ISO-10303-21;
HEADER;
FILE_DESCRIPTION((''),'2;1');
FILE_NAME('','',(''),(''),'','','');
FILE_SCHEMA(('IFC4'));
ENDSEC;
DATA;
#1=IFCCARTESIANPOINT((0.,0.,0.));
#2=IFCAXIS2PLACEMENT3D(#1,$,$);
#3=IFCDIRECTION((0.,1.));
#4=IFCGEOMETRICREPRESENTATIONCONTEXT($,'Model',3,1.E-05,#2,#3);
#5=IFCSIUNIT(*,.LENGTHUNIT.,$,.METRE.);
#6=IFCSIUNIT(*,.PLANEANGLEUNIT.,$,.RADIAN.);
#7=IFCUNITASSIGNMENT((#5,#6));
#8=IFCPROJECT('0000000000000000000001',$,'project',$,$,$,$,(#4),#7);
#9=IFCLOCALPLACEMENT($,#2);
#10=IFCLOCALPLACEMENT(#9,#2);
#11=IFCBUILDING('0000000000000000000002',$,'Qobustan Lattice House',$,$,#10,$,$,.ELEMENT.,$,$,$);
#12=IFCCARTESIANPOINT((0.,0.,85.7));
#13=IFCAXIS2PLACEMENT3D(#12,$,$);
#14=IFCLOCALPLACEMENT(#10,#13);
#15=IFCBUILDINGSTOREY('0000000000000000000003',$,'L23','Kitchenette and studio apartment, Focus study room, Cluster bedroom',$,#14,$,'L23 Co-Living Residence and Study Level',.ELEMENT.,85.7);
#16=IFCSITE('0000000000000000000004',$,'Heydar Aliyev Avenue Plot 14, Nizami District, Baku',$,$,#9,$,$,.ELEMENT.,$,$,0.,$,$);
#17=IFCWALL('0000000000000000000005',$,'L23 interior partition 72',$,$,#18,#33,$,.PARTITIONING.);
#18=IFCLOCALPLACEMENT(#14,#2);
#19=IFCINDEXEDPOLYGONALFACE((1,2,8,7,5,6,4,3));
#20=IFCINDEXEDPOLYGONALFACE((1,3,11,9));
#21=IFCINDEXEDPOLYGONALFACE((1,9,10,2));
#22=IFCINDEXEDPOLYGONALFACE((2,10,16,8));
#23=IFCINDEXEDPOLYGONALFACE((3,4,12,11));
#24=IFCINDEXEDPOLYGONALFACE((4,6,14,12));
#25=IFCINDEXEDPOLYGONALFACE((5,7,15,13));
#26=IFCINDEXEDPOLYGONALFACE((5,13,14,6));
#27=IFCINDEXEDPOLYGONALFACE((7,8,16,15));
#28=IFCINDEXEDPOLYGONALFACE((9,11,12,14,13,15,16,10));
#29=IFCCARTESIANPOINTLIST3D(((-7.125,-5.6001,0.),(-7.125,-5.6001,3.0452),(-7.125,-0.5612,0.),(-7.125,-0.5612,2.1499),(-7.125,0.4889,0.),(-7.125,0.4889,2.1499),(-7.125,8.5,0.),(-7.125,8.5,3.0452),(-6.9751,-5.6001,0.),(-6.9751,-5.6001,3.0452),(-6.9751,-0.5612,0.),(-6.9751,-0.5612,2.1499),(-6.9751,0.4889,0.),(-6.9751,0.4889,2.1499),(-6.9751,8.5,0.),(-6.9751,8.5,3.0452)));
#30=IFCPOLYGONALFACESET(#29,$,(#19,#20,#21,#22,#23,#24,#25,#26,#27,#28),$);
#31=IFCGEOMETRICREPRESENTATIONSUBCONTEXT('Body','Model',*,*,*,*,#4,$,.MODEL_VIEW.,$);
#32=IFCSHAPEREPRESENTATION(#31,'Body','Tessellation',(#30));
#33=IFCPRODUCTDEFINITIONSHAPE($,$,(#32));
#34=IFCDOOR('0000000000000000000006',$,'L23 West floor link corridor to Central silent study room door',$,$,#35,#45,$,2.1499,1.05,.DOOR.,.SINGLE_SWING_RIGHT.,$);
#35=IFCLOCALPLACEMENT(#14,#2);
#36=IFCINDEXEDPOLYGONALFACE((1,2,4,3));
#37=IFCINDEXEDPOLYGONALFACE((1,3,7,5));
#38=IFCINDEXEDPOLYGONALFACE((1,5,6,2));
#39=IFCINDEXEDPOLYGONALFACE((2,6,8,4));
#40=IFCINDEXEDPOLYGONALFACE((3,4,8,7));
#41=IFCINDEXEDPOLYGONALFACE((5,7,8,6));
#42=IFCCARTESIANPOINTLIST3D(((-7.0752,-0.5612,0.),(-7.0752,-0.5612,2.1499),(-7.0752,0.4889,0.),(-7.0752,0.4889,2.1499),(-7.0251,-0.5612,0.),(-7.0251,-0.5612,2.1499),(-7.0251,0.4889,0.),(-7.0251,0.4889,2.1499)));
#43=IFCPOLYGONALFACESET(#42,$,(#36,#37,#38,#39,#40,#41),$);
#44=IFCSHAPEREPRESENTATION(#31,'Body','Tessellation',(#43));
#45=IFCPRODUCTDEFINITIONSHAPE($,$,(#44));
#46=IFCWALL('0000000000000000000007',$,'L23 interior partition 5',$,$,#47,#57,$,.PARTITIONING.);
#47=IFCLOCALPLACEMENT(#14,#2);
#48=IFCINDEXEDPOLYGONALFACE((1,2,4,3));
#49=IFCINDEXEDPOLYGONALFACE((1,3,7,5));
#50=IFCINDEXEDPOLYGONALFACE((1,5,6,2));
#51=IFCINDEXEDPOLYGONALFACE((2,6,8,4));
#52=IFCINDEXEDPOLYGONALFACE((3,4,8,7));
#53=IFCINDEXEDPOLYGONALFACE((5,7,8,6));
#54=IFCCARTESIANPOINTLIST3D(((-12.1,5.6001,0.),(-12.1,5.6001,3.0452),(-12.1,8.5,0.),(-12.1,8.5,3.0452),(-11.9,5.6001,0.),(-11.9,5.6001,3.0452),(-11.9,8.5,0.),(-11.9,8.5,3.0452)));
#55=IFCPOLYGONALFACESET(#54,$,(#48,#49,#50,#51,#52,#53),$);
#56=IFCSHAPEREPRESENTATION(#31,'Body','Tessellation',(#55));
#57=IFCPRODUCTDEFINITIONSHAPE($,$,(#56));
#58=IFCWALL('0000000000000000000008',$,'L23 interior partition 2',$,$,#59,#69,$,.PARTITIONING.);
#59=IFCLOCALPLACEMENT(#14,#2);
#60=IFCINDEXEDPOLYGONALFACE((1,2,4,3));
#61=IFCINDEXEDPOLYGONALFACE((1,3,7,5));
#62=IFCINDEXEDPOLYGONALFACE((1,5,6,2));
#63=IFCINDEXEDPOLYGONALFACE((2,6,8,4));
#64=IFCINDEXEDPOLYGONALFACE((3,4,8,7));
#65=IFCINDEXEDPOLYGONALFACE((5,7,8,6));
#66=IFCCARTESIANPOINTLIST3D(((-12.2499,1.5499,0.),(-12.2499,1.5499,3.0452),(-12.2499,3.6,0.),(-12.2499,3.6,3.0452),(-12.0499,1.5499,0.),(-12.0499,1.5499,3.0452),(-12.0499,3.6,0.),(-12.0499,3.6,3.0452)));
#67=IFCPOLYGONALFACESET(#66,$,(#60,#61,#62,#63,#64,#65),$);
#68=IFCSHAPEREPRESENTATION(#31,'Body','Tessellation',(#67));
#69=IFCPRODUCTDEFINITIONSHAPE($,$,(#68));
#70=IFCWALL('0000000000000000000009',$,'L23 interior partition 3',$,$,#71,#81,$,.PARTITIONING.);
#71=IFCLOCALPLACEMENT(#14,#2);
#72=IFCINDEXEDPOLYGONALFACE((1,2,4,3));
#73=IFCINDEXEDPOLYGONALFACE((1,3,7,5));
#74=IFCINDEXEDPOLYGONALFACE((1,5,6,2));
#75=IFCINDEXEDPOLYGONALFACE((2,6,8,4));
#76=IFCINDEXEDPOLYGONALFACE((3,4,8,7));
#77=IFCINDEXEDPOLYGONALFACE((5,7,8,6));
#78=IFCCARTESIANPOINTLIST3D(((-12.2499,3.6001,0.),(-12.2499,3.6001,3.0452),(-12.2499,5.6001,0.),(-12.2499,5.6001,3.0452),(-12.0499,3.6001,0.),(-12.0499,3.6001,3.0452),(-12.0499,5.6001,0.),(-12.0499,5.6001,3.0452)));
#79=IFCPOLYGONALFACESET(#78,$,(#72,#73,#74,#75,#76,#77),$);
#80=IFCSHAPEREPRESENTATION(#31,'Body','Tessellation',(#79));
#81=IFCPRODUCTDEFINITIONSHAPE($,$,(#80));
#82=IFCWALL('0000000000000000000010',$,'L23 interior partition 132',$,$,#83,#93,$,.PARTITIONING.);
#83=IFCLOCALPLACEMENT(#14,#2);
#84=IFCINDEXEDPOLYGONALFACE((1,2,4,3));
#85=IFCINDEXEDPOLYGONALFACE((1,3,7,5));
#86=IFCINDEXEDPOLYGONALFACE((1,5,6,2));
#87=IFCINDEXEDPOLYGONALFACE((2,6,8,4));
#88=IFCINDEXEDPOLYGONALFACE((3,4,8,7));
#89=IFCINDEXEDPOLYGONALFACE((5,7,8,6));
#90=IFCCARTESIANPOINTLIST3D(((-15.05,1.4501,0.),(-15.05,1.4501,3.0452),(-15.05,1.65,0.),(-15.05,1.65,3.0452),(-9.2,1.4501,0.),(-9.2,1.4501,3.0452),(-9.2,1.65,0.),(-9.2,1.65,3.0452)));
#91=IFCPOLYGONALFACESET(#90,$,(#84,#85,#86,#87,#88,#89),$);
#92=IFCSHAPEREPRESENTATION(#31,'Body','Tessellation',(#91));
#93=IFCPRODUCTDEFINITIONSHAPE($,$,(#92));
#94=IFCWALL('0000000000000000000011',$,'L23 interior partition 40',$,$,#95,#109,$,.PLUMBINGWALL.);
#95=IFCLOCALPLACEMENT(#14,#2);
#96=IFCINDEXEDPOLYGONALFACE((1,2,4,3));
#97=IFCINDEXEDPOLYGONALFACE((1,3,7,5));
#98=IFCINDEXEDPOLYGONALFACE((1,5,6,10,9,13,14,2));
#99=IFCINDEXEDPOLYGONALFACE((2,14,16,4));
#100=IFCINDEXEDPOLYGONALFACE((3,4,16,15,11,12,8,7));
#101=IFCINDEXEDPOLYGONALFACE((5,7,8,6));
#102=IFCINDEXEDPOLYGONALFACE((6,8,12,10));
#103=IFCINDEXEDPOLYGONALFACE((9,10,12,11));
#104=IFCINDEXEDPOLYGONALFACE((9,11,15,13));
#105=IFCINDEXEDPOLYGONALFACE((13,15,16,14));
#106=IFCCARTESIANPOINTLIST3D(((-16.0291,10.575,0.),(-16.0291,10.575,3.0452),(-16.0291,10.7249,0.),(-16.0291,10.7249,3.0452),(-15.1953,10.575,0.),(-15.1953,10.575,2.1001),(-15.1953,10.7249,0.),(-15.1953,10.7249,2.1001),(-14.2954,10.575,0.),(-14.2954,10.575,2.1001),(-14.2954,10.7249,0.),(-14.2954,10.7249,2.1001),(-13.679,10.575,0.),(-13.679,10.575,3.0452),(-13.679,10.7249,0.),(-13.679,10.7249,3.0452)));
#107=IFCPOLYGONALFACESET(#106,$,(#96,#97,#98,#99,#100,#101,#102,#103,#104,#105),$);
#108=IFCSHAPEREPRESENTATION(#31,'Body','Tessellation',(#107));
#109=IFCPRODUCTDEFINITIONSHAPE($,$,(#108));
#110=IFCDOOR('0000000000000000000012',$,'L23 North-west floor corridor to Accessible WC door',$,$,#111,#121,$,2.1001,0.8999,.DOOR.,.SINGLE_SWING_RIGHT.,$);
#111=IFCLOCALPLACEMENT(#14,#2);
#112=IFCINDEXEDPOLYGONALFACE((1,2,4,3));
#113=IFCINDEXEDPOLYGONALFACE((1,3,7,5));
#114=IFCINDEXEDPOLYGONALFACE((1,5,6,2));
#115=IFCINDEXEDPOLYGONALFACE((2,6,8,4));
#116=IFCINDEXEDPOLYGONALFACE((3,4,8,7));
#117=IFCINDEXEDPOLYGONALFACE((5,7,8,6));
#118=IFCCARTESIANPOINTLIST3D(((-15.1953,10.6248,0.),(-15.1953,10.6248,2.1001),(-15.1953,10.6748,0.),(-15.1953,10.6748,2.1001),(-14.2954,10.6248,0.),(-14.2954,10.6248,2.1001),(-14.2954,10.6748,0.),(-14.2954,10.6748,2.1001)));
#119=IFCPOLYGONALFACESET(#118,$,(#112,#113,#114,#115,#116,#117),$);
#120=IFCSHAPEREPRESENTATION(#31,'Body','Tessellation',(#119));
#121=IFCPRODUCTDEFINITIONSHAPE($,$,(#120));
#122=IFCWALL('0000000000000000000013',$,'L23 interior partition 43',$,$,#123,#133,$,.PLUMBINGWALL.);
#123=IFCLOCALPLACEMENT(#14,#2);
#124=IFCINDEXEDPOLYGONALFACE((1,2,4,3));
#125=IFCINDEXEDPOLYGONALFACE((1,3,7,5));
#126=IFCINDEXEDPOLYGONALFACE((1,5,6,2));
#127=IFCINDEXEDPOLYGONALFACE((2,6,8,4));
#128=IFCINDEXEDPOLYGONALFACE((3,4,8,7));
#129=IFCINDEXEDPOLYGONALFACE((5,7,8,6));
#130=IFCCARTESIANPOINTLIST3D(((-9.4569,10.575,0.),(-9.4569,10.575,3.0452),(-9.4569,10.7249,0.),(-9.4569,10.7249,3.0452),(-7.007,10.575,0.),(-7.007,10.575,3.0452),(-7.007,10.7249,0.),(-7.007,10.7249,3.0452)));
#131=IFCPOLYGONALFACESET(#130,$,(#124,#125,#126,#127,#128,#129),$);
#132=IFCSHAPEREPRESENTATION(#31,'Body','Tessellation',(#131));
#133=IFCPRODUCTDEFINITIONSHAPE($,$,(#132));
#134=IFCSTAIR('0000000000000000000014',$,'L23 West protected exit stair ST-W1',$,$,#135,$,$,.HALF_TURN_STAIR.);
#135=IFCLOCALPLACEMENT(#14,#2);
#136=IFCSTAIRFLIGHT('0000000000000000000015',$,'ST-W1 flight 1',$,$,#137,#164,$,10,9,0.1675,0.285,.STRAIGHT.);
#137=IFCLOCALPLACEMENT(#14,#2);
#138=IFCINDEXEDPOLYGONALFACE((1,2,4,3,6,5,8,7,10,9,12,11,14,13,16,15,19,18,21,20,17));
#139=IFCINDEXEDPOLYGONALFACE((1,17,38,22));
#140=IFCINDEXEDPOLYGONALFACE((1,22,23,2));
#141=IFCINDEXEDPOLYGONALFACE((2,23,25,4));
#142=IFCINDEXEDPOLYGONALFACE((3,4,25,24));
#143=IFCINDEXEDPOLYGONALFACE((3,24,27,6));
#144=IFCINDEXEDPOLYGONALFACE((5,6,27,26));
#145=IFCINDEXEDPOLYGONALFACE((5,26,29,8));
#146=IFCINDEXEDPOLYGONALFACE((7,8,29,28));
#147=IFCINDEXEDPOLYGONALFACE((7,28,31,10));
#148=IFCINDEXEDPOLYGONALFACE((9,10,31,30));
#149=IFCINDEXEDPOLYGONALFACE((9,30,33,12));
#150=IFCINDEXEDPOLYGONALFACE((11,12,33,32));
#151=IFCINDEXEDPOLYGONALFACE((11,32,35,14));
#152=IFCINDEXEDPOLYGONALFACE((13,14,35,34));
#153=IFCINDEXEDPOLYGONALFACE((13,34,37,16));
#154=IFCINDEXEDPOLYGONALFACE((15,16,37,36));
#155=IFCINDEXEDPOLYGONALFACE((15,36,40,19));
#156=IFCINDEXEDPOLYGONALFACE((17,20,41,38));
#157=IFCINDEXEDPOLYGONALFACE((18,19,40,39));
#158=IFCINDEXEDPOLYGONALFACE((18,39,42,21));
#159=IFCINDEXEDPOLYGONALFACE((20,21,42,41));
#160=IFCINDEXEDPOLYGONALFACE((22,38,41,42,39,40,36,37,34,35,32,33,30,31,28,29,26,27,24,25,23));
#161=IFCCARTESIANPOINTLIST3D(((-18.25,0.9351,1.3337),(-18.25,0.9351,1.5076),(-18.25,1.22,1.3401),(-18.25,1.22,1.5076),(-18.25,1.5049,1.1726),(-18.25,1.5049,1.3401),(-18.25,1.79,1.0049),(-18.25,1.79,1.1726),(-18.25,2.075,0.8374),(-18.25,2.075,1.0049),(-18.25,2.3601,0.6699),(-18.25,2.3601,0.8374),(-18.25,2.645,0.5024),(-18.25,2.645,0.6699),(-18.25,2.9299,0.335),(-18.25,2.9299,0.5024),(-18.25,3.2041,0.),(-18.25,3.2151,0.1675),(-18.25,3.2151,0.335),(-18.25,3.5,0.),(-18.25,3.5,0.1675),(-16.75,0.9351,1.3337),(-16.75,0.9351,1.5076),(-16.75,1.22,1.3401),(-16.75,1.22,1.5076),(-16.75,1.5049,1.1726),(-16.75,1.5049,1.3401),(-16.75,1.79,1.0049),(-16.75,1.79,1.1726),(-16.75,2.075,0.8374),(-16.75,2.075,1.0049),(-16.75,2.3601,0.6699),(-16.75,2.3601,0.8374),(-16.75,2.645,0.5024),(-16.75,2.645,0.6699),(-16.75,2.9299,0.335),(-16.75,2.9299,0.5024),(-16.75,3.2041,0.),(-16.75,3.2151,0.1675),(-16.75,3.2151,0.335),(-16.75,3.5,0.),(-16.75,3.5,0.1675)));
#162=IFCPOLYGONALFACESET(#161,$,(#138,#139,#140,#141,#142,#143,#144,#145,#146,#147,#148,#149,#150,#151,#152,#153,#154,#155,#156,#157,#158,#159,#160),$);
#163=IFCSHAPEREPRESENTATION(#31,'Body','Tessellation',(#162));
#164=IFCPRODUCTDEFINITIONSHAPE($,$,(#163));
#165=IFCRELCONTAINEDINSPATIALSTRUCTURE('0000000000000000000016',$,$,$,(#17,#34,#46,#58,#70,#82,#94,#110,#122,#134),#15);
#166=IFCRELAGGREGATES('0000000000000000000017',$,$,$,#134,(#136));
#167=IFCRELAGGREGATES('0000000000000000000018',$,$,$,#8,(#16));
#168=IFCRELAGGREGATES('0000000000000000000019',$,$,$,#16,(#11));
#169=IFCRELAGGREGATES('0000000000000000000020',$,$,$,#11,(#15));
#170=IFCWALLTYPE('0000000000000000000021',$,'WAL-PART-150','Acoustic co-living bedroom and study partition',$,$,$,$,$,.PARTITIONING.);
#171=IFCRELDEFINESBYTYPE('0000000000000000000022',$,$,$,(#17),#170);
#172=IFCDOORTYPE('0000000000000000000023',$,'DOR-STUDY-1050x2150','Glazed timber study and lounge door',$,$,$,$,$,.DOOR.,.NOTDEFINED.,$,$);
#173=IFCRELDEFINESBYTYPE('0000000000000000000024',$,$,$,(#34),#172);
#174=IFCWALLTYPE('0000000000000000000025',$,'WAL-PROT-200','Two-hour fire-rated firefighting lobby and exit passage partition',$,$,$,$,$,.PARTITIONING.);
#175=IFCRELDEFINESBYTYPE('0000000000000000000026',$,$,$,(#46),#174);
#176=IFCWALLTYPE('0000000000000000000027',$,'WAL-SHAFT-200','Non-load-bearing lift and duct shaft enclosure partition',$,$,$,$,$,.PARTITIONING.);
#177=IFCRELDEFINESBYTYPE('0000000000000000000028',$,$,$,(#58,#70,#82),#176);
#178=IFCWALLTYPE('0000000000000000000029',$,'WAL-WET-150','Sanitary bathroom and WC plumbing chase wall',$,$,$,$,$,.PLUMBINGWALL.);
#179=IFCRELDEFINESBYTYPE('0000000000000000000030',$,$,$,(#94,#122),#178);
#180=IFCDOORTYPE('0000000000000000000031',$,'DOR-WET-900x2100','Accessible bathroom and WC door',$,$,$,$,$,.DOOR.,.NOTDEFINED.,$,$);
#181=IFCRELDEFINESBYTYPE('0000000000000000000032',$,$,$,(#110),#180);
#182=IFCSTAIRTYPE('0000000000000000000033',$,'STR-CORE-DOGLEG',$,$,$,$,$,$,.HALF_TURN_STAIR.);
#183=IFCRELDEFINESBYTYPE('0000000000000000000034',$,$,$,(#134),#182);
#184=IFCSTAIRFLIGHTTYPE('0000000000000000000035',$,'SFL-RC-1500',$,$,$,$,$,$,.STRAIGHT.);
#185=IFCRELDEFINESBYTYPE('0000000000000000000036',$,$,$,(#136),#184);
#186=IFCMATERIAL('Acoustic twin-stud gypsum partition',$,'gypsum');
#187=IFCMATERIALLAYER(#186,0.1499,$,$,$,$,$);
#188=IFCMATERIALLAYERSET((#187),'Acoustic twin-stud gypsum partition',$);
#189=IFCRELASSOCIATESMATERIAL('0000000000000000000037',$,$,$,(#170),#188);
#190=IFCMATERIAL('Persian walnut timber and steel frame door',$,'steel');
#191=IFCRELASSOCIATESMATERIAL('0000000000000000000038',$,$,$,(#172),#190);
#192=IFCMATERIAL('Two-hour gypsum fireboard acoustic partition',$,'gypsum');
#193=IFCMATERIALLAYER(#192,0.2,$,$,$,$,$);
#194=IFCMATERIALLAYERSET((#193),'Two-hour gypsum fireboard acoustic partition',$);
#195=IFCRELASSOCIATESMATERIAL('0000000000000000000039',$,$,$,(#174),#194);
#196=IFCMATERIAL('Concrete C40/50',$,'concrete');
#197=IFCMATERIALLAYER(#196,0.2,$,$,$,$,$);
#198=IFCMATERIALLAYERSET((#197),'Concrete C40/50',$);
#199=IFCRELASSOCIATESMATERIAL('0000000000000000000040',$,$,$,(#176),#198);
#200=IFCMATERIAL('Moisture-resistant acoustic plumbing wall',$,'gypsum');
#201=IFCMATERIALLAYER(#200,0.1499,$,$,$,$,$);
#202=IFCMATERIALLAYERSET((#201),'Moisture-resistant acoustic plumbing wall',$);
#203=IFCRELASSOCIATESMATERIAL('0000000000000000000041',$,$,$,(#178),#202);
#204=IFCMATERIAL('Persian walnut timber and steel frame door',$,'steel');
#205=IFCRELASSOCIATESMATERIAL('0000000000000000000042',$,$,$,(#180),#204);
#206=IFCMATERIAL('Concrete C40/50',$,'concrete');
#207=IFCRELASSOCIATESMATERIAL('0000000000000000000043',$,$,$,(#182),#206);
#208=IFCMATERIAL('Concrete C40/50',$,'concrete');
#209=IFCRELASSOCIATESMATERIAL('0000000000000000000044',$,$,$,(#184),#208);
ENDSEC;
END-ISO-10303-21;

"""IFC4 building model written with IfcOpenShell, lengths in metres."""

from ifc_helpers import new_model, si_unit, direction, frame, frame_2d, origin, place, context, subcontext, project, spatial, polyline, rectangle, outline, extrude, material, layer, layer_set, type_object, element, fill, aggregate, save


model = new_model("IFC4")

# Units and contexts
model_context = context("Model", 3, precision=1e-05, world=origin(), true_north=direction((0.0, 1.0)))
body_context = subcontext(model_context, "Body", "Model", "MODEL_VIEW")
ifc_project = project(units=[si_unit("LENGTHUNIT", "METRE"), si_unit("PLANEANGLEUNIT", "RADIAN")], contexts=[model_context])

# Site, building, storey
site_placement = place(None, origin())
site = spatial("IfcSite", under=ifc_project, at=site_placement, Name="Heydar Aliyev Avenue Plot 14, Nizami District, Baku", CompositionType="ELEMENT", RefElevation=0.0)
building_placement = place(site_placement, origin())
building = spatial("IfcBuilding", under=site, at=building_placement, Name="Qobustan Lattice House", CompositionType="ELEMENT")
storey_placement = place(building_placement, frame((0.0, 0.0, 85.7)))
storey = spatial("IfcBuildingStorey", under=building, at=storey_placement, Name="L23", Description="Kitchenette and studio apartment, Focus study room, Cluster bedroom", LongName="L23 Co-Living Residence and Study Level", CompositionType="ELEMENT", Elevation=85.7)

# Wall, opening, door
ifc_material_1 = material(Name="Acoustic twin-stud gypsum partition", Category="gypsum")
ifc_layer_1 = layer(ifc_material_1, 0.1499)
ifc_layer_set_1 = layer_set([ifc_layer_1], Name="Acoustic twin-stud gypsum partition")
wall_type_1 = type_object("IfcWallType", Name="WAL-PART-150", Description="Acoustic co-living bedroom and study partition", PredefinedType="PARTITIONING", material=ifc_layer_set_1)
wall_1_placement = place(storey_placement, frame((-7.05, 8.5, 0.0), z_axis=(0.0, 0.0, 1.0), x_axis=(0.0, -1.0, 0.0)))
wall_1 = element("IfcWall", 1, at=wall_1_placement, inside=storey, type_object=wall_type_1, Name="L23 interior partition 72", PredefinedType="PARTITIONING", context=body_context, shape_type="SweptSolid", body=[
    extrude(rectangle(XDim=14.1001, YDim=0.1499, at=frame_2d((7.05, 0.0))), origin(), (0.0, 0.0, 1.0), 3.0452),
])
opening_1_placement = place(wall_1_placement, frame((8.0112, 0.0, 0.0)))
opening_1 = element("IfcOpeningElement", 2, at=opening_1_placement, cuts=wall_1, PredefinedType="OPENING", context=body_context, shape_type="SweptSolid", body=[
    extrude(rectangle(XDim=1.05, YDim=2.1499, at=frame_2d((0.5249, 1.075))), frame((0.0, 0.085, 0.0), z_axis=(0.0, -1.0, 0.0), x_axis=(1.0, 0.0, 0.0)), (0.0, 0.0, 1.0), 0.1699),
])
ifc_material_2 = material(Name="Persian walnut timber and steel frame door", Category="steel")
door_type_1 = type_object("IfcDoorType", Name="DOR-STUDY-1050x2150", Description="Glazed timber study and lounge door", OperationType="NOTDEFINED", PredefinedType="DOOR", material=ifc_material_2)
door_1_placement = place(opening_1_placement, origin())
door_1 = element("IfcDoor", 3, at=door_1_placement, inside=storey, type_object=door_type_1, Name="L23 West floor link corridor to Central silent study room door", OperationType="SINGLE_SWING_RIGHT", OverallHeight=2.1499, OverallWidth=1.05, PredefinedType="DOOR", context=body_context, shape_type="SweptSolid", body=[
    extrude(rectangle(XDim=1.05, YDim=2.1499, at=frame_2d((0.5249, 1.075))), frame((0.0, 0.0249, 0.0), z_axis=(0.0, -1.0, 0.0), x_axis=(1.0, 0.0, 0.0)), (0.0, 0.0, 1.0), 0.05),
])
fill(opening_1, door_1)
ifc_material_3 = material(Name="Two-hour gypsum fireboard acoustic partition", Category="gypsum")
ifc_layer_2 = layer(ifc_material_3, 0.2)
ifc_layer_set_2 = layer_set([ifc_layer_2], Name="Two-hour gypsum fireboard acoustic partition")
wall_type_2 = type_object("IfcWallType", Name="WAL-PROT-200", Description="Two-hour fire-rated firefighting lobby and exit passage partition", PredefinedType="PARTITIONING", material=ifc_layer_set_2)

# Walls
wall_2_placement = place(storey_placement, frame((-12.0, 5.6001, 0.0), z_axis=(0.0, 0.0, 1.0), x_axis=(0.0, 1.0, 0.0)))
element("IfcWall", 4, at=wall_2_placement, inside=storey, type_object=wall_type_2, Name="L23 interior partition 5", PredefinedType="PARTITIONING", context=body_context, shape_type="SweptSolid", body=[
    extrude(rectangle(XDim=2.8999, YDim=0.2, at=frame_2d((1.45, 0.0))), origin(), (0.0, 0.0, 1.0), 3.0452),
])
ifc_material_4 = material(Name="Concrete C40/50", Category="concrete")
ifc_layer_3 = layer(ifc_material_4, 0.2)
ifc_layer_set_3 = layer_set([ifc_layer_3], Name="Concrete C40/50")
wall_type_3 = type_object("IfcWallType", Name="WAL-SHAFT-200", Description="Non-load-bearing lift and duct shaft enclosure partition", PredefinedType="PARTITIONING", material=ifc_layer_set_3)
wall_3_placement = place(storey_placement, frame((-12.1499, 1.55, 0.0), z_axis=(0.0, 0.0, 1.0), x_axis=(0.0, 1.0, 0.0)))
element("IfcWall", 5, at=wall_3_placement, inside=storey, type_object=wall_type_3, Name="L23 interior partition 2", PredefinedType="PARTITIONING", context=body_context, shape_type="SweptSolid", body=[
    extrude(rectangle(XDim=2.05, YDim=0.2, at=frame_2d((1.0249, 0.0))), origin(), (0.0, 0.0, 1.0), 3.0452),
])
wall_4_placement = place(storey_placement, frame((-12.1499, 3.6001, 0.0), z_axis=(0.0, 0.0, 1.0), x_axis=(0.0, 1.0, 0.0)))
element("IfcWall", 6, at=wall_4_placement, inside=storey, type_object=wall_type_3, Name="L23 interior partition 3", PredefinedType="PARTITIONING", context=body_context, shape_type="SweptSolid", body=[
    extrude(rectangle(XDim=2.0, YDim=0.2, at=frame_2d((1.0, 0.0))), origin(), (0.0, 0.0, 1.0), 3.0452),
])
wall_5_placement = place(storey_placement, frame((-15.05, 1.55, 0.0), z_axis=(0.0, 0.0, 1.0), x_axis=(1.0, 0.0, 0.0)))
element("IfcWall", 7, at=wall_5_placement, inside=storey, type_object=wall_type_3, Name="L23 interior partition 132", PredefinedType="PARTITIONING", context=body_context, shape_type="SweptSolid", body=[
    extrude(rectangle(XDim=5.8501, YDim=0.2, at=frame_2d((2.925, 0.0))), origin(), (0.0, 0.0, 1.0), 3.0452),
])

# Wall, opening, door
ifc_material_5 = material(Name="Moisture-resistant acoustic plumbing wall", Category="gypsum")
ifc_layer_4 = layer(ifc_material_5, 0.1499)
ifc_layer_set_4 = layer_set([ifc_layer_4], Name="Moisture-resistant acoustic plumbing wall")
wall_type_4 = type_object("IfcWallType", Name="WAL-WET-150", Description="Sanitary bathroom and WC plumbing chase wall", PredefinedType="PLUMBINGWALL", material=ifc_layer_set_4)
wall_6_placement = place(storey_placement, frame((-16.0291, 10.6499, 0.0), z_axis=(0.0, 0.0, 1.0), x_axis=(1.0, 0.0, 0.0)))
wall_6 = element("IfcWall", 8, at=wall_6_placement, inside=storey, type_object=wall_type_4, Name="L23 interior partition 40", PredefinedType="PLUMBINGWALL", context=body_context, shape_type="SweptSolid", body=[
    extrude(rectangle(XDim=2.3501, YDim=0.1499, at=frame_2d((1.175, 0.0))), origin(), (0.0, 0.0, 1.0), 3.0452),
])
opening_2_placement = place(wall_6_placement, frame((0.8337, 0.0, 0.0)))
opening_2 = element("IfcOpeningElement", 9, at=opening_2_placement, cuts=wall_6, PredefinedType="OPENING", context=body_context, shape_type="SweptSolid", body=[
    extrude(rectangle(XDim=0.8999, YDim=2.1001, at=frame_2d((0.45, 1.05))), frame((0.0, 0.085, 0.0), z_axis=(0.0, -1.0, 0.0), x_axis=(1.0, 0.0, 0.0)), (0.0, 0.0, 1.0), 0.1699),
])
ifc_material_6 = material(Name="Persian walnut timber and steel frame door", Category="steel")
door_type_2 = type_object("IfcDoorType", Name="DOR-WET-900x2100", Description="Accessible bathroom and WC door", OperationType="NOTDEFINED", PredefinedType="DOOR", material=ifc_material_6)
door_2_placement = place(opening_2_placement, origin())
door_2 = element("IfcDoor", 10, at=door_2_placement, inside=storey, type_object=door_type_2, Name="L23 North-west floor corridor to Accessible WC door", OperationType="SINGLE_SWING_RIGHT", OverallHeight=2.1001, OverallWidth=0.8999, PredefinedType="DOOR", context=body_context, shape_type="SweptSolid", body=[
    extrude(rectangle(XDim=0.8999, YDim=2.1001, at=frame_2d((0.45, 1.05))), frame((0.0, 0.0249, 0.0), z_axis=(0.0, -1.0, 0.0), x_axis=(1.0, 0.0, 0.0)), (0.0, 0.0, 1.0), 0.05),
])
fill(opening_2, door_2)

# Wall
wall_7_placement = place(storey_placement, frame((-9.457, 10.6499, 0.0), z_axis=(0.0, 0.0, 1.0), x_axis=(1.0, 0.0, 0.0)))
element("IfcWall", 11, at=wall_7_placement, inside=storey, type_object=wall_type_4, Name="L23 interior partition 43", PredefinedType="PLUMBINGWALL", context=body_context, shape_type="SweptSolid", body=[
    extrude(rectangle(XDim=2.45, YDim=0.1499, at=frame_2d((1.2251, 0.0))), origin(), (0.0, 0.0, 1.0), 3.0452),
])

# Stair, stair flight
ifc_material_7 = material(Name="Concrete C40/50", Category="concrete")
stair_type = type_object("IfcStairType", Name="STR-CORE-DOGLEG", PredefinedType="HALF_TURN_STAIR", material=ifc_material_7)
stair_placement = place(storey_placement, origin())
stair = element("IfcStair", 12, at=stair_placement, inside=storey, type_object=stair_type, Name="L23 West protected exit stair ST-W1", PredefinedType="HALF_TURN_STAIR")
ifc_material_8 = material(Name="Concrete C40/50", Category="concrete")
stair_flight_type = type_object("IfcStairFlightType", Name="SFL-RC-1500", PredefinedType="STRAIGHT", material=ifc_material_8)
stair_flight_placement = place(storey_placement, frame((-17.5, 3.5, 0.0), z_axis=(0.0, 0.0, 1.0), x_axis=(0.0, -1.0, 0.0)))
stair_flight = element("IfcStairFlight", 13, at=stair_flight_placement, type_object=stair_flight_type, Name="ST-W1 flight 1", NumberOfRisers=10, NumberOfTreads=9, PredefinedType="STRAIGHT", RiserHeight=0.1675, TreadLength=0.285, context=body_context, shape_type="SweptSolid", body=[
    extrude(outline(polyline([(0.0, 0.0), (0.0, 0.1675), (0.2849, 0.1675), (0.2849, 0.335), (0.5701, 0.335), (0.5701, 0.5024), (0.855, 0.5024), (0.855, 0.6699), (1.1399, 0.6699), (1.1399, 0.8374), (1.425, 0.8374), (1.425, 1.0049), (1.71, 1.0049), (1.71, 1.1726), (1.9951, 1.1726), (1.9951, 1.3401), (2.28, 1.3401), (2.28, 1.5076), (2.5649, 1.5076), (2.5649, 1.675), (2.5649, 1.3337), (0.2959, 0.0), (0.0, 0.0)])), frame((0.0, 0.75, 0.0), z_axis=(0.0, -1.0, 0.0), x_axis=(1.0, 0.0, 0.0)), (0.0, 0.0, 1.0), 1.5),
])
aggregate(stair, [stair_flight])

save(model, "model.ifc")
